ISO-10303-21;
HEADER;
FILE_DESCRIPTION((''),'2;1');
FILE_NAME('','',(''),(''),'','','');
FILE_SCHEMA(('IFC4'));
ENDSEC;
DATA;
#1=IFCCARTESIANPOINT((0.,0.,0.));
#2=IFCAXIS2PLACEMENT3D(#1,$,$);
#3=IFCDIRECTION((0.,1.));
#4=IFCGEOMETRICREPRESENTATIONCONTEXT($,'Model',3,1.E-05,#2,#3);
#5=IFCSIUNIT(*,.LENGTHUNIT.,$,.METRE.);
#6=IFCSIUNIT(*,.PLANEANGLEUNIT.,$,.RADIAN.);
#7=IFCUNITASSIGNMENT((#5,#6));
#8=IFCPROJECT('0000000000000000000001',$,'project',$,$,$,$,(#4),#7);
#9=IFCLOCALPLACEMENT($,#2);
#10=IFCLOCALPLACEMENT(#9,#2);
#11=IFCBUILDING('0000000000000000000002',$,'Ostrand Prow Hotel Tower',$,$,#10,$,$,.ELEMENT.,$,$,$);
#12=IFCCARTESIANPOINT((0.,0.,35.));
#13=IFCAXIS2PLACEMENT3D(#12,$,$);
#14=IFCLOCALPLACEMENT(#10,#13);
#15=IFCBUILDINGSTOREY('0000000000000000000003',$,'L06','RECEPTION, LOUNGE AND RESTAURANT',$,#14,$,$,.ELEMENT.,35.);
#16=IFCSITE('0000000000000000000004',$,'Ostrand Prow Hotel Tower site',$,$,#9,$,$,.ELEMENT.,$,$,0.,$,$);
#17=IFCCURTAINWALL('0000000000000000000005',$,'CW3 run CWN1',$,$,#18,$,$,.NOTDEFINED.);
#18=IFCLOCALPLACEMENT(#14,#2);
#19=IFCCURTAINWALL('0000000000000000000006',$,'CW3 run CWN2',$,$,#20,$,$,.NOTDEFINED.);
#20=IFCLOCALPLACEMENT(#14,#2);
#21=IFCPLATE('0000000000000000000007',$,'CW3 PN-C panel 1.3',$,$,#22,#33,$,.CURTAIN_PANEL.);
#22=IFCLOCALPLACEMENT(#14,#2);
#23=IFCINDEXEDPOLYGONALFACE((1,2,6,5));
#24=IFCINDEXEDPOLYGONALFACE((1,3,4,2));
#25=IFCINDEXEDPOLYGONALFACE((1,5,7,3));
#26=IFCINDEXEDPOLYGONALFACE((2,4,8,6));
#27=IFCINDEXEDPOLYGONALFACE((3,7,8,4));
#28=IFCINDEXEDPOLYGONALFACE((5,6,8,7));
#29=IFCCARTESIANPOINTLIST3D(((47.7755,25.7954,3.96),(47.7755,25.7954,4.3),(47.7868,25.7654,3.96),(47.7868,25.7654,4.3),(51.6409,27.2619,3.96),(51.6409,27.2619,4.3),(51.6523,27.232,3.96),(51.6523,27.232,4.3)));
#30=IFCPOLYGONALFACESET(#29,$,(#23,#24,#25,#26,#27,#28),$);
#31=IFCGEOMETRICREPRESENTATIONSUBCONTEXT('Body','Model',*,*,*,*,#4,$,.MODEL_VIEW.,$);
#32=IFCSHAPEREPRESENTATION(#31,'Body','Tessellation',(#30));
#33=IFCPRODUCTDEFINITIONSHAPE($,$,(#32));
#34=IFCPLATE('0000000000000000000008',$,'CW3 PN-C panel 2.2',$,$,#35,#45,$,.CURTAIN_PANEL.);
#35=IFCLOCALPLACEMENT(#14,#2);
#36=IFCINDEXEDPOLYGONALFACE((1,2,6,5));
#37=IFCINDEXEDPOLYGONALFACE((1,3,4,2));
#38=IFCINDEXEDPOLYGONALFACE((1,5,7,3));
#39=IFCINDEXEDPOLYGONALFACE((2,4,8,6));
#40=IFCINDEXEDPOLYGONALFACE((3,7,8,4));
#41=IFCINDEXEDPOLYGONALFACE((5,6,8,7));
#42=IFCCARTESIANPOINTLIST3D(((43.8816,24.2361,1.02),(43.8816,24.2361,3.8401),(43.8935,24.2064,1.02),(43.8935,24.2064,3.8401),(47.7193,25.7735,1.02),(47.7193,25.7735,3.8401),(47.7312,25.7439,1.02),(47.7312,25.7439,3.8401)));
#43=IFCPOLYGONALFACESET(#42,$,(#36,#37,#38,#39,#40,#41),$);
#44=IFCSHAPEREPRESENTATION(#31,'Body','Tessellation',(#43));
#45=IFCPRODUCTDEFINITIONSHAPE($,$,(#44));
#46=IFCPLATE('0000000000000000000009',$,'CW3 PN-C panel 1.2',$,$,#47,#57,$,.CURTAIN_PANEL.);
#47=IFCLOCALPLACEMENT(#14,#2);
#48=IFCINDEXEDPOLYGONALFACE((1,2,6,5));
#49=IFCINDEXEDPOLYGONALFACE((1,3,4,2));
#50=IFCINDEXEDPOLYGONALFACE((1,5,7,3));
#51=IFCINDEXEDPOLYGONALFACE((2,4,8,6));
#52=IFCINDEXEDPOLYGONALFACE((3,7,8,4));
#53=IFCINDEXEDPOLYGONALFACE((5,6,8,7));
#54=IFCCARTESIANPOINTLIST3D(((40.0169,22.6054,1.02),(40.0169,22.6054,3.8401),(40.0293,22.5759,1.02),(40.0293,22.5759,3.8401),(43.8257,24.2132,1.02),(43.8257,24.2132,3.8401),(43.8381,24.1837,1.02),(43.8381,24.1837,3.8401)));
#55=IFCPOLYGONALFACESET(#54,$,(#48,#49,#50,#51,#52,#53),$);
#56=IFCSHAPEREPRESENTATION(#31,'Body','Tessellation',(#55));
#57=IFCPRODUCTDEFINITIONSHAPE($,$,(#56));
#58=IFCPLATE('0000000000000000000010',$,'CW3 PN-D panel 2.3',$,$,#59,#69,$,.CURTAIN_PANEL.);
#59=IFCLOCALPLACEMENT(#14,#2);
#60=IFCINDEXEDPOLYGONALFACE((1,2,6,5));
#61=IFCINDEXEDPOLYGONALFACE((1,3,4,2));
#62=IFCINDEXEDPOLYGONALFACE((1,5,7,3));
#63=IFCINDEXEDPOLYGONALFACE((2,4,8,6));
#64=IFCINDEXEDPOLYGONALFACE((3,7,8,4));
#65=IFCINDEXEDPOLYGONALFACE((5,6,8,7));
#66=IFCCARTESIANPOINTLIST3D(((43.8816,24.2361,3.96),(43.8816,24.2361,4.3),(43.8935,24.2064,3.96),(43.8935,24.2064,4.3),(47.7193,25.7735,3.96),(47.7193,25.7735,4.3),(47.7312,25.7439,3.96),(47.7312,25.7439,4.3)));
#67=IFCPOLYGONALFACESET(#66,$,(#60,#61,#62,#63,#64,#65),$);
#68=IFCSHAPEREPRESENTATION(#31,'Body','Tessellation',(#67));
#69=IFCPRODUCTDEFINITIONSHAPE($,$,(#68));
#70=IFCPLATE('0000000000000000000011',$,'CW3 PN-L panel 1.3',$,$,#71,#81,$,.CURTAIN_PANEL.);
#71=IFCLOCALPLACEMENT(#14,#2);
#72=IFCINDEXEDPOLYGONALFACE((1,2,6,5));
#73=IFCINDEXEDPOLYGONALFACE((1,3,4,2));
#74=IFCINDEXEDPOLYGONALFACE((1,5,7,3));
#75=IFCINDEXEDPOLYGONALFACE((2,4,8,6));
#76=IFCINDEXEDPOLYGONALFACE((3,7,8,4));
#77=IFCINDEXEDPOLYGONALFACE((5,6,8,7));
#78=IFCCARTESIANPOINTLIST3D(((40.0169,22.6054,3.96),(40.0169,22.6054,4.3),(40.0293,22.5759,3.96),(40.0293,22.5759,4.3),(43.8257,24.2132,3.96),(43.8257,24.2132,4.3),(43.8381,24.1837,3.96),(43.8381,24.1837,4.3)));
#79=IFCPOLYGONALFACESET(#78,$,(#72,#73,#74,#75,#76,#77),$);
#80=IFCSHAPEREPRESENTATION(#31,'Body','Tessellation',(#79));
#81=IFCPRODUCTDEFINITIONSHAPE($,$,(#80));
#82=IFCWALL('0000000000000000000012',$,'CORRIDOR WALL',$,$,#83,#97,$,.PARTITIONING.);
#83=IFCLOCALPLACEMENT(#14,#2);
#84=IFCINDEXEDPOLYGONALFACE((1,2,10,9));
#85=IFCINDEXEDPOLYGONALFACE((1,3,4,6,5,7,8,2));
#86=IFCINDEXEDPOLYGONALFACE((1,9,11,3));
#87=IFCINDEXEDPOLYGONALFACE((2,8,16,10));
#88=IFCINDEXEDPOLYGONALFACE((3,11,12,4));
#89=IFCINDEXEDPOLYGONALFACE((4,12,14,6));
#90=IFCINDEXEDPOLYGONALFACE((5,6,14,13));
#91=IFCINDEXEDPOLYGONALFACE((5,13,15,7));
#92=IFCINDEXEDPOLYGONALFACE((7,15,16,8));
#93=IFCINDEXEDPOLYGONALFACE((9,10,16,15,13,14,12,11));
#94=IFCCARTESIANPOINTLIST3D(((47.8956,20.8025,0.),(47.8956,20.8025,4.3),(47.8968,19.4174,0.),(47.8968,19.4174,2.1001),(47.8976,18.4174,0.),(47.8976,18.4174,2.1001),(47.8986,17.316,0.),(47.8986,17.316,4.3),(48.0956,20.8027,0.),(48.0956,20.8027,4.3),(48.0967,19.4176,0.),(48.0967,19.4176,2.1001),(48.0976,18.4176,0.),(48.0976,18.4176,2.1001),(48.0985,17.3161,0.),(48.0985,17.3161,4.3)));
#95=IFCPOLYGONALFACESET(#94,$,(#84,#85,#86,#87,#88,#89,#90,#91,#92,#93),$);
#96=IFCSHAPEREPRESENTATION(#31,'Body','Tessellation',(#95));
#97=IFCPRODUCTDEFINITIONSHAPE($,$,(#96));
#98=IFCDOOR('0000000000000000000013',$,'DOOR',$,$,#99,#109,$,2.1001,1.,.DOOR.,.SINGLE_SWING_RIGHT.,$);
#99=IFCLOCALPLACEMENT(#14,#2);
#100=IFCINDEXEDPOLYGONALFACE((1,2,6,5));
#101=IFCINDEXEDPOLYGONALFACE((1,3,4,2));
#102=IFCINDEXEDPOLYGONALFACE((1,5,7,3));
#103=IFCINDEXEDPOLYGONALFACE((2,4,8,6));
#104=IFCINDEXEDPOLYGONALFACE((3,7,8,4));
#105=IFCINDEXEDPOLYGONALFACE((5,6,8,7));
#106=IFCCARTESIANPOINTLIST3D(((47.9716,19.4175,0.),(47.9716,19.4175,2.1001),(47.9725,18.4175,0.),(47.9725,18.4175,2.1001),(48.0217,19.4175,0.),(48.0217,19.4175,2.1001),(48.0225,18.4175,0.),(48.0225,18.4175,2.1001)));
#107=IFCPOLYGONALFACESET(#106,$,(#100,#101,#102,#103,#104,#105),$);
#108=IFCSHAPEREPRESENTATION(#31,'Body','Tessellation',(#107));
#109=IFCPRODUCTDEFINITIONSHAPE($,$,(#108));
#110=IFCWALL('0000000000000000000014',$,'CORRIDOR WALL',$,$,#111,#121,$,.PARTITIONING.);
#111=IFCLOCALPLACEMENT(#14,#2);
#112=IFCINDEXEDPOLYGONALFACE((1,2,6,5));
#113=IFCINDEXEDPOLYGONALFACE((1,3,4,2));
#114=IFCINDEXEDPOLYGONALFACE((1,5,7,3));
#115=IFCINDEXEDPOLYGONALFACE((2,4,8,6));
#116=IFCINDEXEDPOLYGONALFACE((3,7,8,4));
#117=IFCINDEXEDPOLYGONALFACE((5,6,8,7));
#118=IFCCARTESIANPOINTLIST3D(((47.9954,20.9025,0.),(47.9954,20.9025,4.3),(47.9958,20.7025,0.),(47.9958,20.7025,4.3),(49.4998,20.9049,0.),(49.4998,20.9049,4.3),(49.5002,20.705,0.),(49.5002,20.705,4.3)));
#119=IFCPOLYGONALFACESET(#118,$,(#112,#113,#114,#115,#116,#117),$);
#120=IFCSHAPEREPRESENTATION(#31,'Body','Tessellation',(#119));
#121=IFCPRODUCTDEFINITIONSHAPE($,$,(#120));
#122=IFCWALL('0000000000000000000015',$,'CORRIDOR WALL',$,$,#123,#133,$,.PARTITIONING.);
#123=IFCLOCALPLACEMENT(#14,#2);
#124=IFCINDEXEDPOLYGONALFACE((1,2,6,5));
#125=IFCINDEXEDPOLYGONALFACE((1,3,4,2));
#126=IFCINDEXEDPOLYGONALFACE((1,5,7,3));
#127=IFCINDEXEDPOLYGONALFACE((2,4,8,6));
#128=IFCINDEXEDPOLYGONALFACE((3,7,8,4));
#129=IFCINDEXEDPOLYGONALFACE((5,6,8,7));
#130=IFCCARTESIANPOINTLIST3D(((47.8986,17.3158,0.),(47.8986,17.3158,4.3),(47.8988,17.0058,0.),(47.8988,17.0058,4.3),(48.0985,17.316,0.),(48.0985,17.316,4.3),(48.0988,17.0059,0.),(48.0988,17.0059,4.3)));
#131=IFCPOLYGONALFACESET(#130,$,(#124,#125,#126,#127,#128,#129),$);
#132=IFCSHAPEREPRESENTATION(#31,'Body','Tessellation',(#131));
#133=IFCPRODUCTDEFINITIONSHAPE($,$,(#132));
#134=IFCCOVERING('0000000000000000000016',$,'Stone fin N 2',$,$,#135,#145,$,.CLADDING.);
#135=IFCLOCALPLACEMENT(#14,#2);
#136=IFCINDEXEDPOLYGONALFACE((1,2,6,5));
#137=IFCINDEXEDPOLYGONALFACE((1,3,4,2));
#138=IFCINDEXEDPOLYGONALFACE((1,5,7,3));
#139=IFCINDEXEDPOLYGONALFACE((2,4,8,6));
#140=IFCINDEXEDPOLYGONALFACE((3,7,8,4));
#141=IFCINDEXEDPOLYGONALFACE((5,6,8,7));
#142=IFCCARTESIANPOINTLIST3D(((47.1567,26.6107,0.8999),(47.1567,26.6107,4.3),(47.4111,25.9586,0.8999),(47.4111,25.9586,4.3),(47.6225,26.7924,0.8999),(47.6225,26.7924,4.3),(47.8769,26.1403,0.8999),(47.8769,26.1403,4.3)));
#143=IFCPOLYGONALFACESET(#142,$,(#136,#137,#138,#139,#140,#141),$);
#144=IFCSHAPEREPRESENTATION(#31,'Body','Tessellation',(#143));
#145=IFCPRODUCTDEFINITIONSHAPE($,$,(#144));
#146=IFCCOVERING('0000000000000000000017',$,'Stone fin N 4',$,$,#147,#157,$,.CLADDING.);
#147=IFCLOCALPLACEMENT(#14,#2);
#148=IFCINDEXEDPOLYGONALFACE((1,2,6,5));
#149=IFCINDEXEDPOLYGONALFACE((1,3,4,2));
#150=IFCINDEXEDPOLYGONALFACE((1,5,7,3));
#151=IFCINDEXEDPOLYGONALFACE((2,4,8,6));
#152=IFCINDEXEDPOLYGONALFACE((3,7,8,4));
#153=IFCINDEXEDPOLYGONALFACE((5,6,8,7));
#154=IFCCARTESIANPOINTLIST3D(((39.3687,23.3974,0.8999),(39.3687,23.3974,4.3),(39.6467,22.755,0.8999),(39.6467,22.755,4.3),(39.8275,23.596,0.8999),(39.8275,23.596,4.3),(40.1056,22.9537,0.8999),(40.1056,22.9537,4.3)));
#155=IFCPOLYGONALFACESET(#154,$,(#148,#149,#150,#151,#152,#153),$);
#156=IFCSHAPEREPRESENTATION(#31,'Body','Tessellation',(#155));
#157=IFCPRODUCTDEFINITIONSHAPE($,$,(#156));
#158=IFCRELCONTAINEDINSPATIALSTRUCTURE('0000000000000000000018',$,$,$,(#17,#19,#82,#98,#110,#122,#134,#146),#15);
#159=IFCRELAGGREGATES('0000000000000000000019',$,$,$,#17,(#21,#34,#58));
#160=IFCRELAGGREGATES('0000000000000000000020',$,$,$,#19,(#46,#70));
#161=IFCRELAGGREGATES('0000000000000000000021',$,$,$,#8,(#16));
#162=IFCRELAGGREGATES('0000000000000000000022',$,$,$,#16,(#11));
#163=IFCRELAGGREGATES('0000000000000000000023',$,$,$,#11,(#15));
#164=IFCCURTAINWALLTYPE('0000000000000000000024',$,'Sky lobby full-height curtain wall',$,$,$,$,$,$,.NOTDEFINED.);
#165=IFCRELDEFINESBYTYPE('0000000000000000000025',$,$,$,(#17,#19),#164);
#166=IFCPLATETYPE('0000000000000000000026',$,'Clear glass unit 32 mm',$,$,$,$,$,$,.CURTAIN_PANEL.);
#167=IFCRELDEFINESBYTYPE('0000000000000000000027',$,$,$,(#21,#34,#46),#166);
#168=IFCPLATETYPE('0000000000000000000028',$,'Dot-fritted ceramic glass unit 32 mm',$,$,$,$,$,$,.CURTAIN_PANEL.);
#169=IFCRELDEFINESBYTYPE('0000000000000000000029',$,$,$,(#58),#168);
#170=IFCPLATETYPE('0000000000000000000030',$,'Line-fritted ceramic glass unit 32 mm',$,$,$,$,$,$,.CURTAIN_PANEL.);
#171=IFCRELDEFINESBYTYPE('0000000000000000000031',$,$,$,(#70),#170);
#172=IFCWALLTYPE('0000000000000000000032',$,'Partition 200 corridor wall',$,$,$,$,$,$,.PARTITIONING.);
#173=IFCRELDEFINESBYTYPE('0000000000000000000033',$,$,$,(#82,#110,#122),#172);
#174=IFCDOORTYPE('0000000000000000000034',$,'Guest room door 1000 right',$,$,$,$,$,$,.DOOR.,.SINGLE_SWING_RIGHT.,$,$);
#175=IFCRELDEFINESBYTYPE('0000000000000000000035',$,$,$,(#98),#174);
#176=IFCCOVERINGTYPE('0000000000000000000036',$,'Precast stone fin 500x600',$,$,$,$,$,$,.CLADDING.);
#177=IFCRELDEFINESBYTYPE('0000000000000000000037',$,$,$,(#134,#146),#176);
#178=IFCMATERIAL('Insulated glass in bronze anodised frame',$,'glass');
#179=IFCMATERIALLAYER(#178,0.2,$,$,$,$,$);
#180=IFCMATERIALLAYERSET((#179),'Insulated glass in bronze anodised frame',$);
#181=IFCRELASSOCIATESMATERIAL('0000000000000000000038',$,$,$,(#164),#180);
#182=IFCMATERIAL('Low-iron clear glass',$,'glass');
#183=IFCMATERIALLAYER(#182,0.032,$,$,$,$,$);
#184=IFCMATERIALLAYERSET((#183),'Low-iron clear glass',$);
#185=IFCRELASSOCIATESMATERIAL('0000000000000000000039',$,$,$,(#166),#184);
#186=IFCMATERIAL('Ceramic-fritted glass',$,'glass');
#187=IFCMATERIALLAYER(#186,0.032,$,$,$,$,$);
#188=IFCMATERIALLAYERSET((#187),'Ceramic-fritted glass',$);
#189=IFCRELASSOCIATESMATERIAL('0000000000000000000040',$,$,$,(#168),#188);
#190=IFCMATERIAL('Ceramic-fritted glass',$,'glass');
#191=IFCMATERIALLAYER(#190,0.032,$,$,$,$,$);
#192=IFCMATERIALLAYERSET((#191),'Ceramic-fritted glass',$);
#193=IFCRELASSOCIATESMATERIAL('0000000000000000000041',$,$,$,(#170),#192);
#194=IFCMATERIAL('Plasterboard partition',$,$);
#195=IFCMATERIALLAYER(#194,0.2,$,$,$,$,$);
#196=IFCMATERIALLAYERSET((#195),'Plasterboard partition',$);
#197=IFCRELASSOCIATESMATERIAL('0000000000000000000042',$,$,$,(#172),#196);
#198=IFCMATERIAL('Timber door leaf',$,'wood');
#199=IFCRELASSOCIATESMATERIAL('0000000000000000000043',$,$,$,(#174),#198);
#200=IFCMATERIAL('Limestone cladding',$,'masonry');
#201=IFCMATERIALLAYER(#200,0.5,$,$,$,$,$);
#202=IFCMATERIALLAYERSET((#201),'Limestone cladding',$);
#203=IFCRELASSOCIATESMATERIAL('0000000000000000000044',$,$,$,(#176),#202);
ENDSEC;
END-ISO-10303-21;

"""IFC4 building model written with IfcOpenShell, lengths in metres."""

from ifc_helpers import new_model, si_unit, direction, frame, frame_2d, origin, origin_2d, place, context, subcontext, project, spatial, rectangle, extrude, material, layer, layer_set, type_object, element, fill, aggregate, save


model = new_model("IFC4")

# Units and contexts
model_context = context("Model", 3, precision=1e-05, world=origin(), true_north=direction((0.0, 1.0)))
body_context = subcontext(model_context, "Body", "Model", "MODEL_VIEW")
ifc_project = project(units=[si_unit("LENGTHUNIT", "METRE"), si_unit("PLANEANGLEUNIT", "RADIAN")], contexts=[model_context])

# Site, building, storey
site_placement = place(None, origin())
site = spatial("IfcSite", under=ifc_project, at=site_placement, Name="Ostrand Prow Hotel Tower site", CompositionType="ELEMENT", RefElevation=0.0)
building_placement = place(site_placement, origin())
building = spatial("IfcBuilding", under=site, at=building_placement, Name="Ostrand Prow Hotel Tower", CompositionType="ELEMENT")
storey_placement = place(building_placement, frame((0.0, 0.0, 35.0)))
storey = spatial("IfcBuildingStorey", under=building, at=storey_placement, Name="L06", Description="RECEPTION, LOUNGE AND RESTAURANT", CompositionType="ELEMENT", Elevation=35.0)

# Curtain wall
ifc_material_1 = material(Name="Insulated glass in bronze anodised frame", Category="glass")
ifc_layer_1 = layer(ifc_material_1, 0.2)
ifc_layer_set_1 = layer_set([ifc_layer_1], Name="Insulated glass in bronze anodised frame")
curtain_wall_type = type_object("IfcCurtainWallType", Name="Sky lobby full-height curtain wall", PredefinedType="NOTDEFINED", material=ifc_layer_set_1)
curtain_wall_1_placement = place(storey_placement, origin())
curtain_wall_1 = element("IfcCurtainWall", 1, at=curtain_wall_1_placement, inside=storey, type_object=curtain_wall_type, Name="CW3 run CWN1", PredefinedType="NOTDEFINED")

# Curtain wall
curtain_wall_2_placement = place(storey_placement, origin())
curtain_wall_2 = element("IfcCurtainWall", 2, at=curtain_wall_2_placement, inside=storey, type_object=curtain_wall_type, Name="CW3 run CWN2", PredefinedType="NOTDEFINED")

# Plates
ifc_material_2 = material(Name="Low-iron clear glass", Category="glass")
ifc_layer_2 = layer(ifc_material_2, 0.032)
ifc_layer_set_2 = layer_set([ifc_layer_2], Name="Low-iron clear glass")
plate_type_1 = type_object("IfcPlateType", Name="Clear glass unit 32 mm", PredefinedType="CURTAIN_PANEL", material=ifc_layer_set_2)
plate_1_placement = place(storey_placement, frame((49.7139, 26.5137, 3.96), z_axis=(0.0, 0.0, 1.0), x_axis=(-0.934969, -0.354728, 0.0)))
plate_1 = element("IfcPlate", 3, at=plate_1_placement, type_object=plate_type_1, Name="CW3 PN-C panel 1.3", PredefinedType="CURTAIN_PANEL", context=body_context, shape_type="SweptSolid", body=[
    extrude(rectangle(XDim=4.1343, YDim=0.032, at=origin_2d()), origin(), (0.0, 0.0, 1.0), 0.3401),
])
plate_2_placement = place(storey_placement, frame((45.8064, 24.99, 1.02), z_axis=(0.0, 0.0, 1.0), x_axis=(-0.928283, -0.371873, 0.0)))
plate_2 = element("IfcPlate", 4, at=plate_2_placement, type_object=plate_type_1, Name="CW3 PN-C panel 2.2", PredefinedType="CURTAIN_PANEL", context=body_context, shape_type="SweptSolid", body=[
    extrude(rectangle(XDim=4.1343, YDim=0.032, at=origin_2d()), origin(), (0.0, 0.0, 1.0), 2.8201),
])
plate_3_placement = place(storey_placement, frame((41.9275, 23.3945, 1.02), z_axis=(0.0, 0.0, 1.0), x_axis=(-0.921283, -0.388892, 0.0)))
plate_3 = element("IfcPlate", 5, at=plate_3_placement, type_object=plate_type_1, Name="CW3 PN-C panel 1.2", PredefinedType="CURTAIN_PANEL", context=body_context, shape_type="SweptSolid", body=[
    extrude(rectangle(XDim=4.1343, YDim=0.032, at=origin_2d()), origin(), (0.0, 0.0, 1.0), 2.8201),
])
ifc_material_3 = material(Name="Ceramic-fritted glass", Category="glass")
ifc_layer_3 = layer(ifc_material_3, 0.032)
ifc_layer_set_3 = layer_set([ifc_layer_3], Name="Ceramic-fritted glass")
plate_type_2 = type_object("IfcPlateType", Name="Dot-fritted ceramic glass unit 32 mm", PredefinedType="CURTAIN_PANEL", material=ifc_layer_set_3)
plate_4_placement = place(storey_placement, frame((45.8064, 24.99, 3.96), z_axis=(0.0, 0.0, 1.0), x_axis=(-0.928283, -0.371873, 0.0)))
plate_4 = element("IfcPlate", 6, at=plate_4_placement, type_object=plate_type_2, Name="CW3 PN-D panel 2.3", PredefinedType="CURTAIN_PANEL", context=body_context, shape_type="SweptSolid", body=[
    extrude(rectangle(XDim=4.1343, YDim=0.032, at=origin_2d()), origin(), (0.0, 0.0, 1.0), 0.3401),
])
aggregate(curtain_wall_1, [plate_1, plate_2, plate_4])
ifc_material_4 = material(Name="Ceramic-fritted glass", Category="glass")
ifc_layer_4 = layer(ifc_material_4, 0.032)
ifc_layer_set_4 = layer_set([ifc_layer_4], Name="Ceramic-fritted glass")
plate_type_3 = type_object("IfcPlateType", Name="Line-fritted ceramic glass unit 32 mm", PredefinedType="CURTAIN_PANEL", material=ifc_layer_set_4)
plate_5_placement = place(storey_placement, frame((41.9275, 23.3945, 3.96), z_axis=(0.0, 0.0, 1.0), x_axis=(-0.921283, -0.388892, 0.0)))
plate_5 = element("IfcPlate", 7, at=plate_5_placement, type_object=plate_type_3, Name="CW3 PN-L panel 1.3", PredefinedType="CURTAIN_PANEL", context=body_context, shape_type="SweptSolid", body=[
    extrude(rectangle(XDim=4.1343, YDim=0.032, at=origin_2d()), origin(), (0.0, 0.0, 1.0), 0.3401),
])
aggregate(curtain_wall_2, [plate_3, plate_5])

# Wall, opening, door
ifc_material_5 = material(Name="Plasterboard partition")
ifc_layer_5 = layer(ifc_material_5, 0.2)
ifc_layer_set_5 = layer_set([ifc_layer_5], Name="Plasterboard partition")
wall_type = type_object("IfcWallType", Name="Partition 200 corridor wall", PredefinedType="PARTITIONING", material=ifc_layer_set_5)
wall_1_placement = place(storey_placement, frame((47.9956, 20.8025, 0.0), z_axis=(0.0, 0.0, 1.0), x_axis=(0.00084, -1.0, 0.0)))
wall_1 = element("IfcWall", 8, at=wall_1_placement, inside=storey, type_object=wall_type, Name="CORRIDOR WALL", PredefinedType="PARTITIONING", context=body_context, shape_type="SweptSolid", body=[
    extrude(rectangle(XDim=3.4866, YDim=0.2, at=frame_2d((1.7432, 0.0))), origin(), (0.0, 0.0, 1.0), 4.3),
])
opening_placement = place(wall_1_placement, frame((1.385, 0.0, 0.0)))
opening = element("IfcOpeningElement", 9, at=opening_placement, cuts=wall_1, PredefinedType="OPENING", context=body_context, shape_type="SweptSolid", body=[
    extrude(rectangle(XDim=1.0, YDim=2.1001, at=frame_2d((0.5, 1.05))), frame((0.0, 0.1099, 0.0), z_axis=(0.0, -1.0, 0.0), x_axis=(1.0, 0.0, 0.0)), (0.0, 0.0, 1.0), 0.22),
])
ifc_material_6 = material(Name="Timber door leaf", Category="wood")
door_type = type_object("IfcDoorType", Name="Guest room door 1000 right", OperationType="SINGLE_SWING_RIGHT", PredefinedType="DOOR", material=ifc_material_6)
door_placement = place(opening_placement, origin())
door = element("IfcDoor", 10, at=door_placement, inside=storey, type_object=door_type, Name="DOOR", OperationType="SINGLE_SWING_RIGHT", OverallHeight=2.1001, OverallWidth=1.0, PredefinedType="DOOR", context=body_context, shape_type="SweptSolid", body=[
    extrude(rectangle(XDim=1.0, YDim=2.1001, at=frame_2d((0.5, 1.05))), frame((0.0, 0.0249, 0.0), z_axis=(0.0, -1.0, 0.0), x_axis=(1.0, 0.0, 0.0)), (0.0, 0.0, 1.0), 0.05),
])
fill(opening, door)

# Walls
wall_2_placement = place(storey_placement, frame((49.5, 20.8049, 0.0), z_axis=(0.0, 0.0, 1.0), x_axis=(-0.999999, -0.001623, 0.0)))
element("IfcWall", 11, at=wall_2_placement, inside=storey, type_object=wall_type, Name="CORRIDOR WALL", PredefinedType="PARTITIONING", context=body_context, shape_type="SweptSolid", body=[
    extrude(rectangle(XDim=1.5044, YDim=0.2, at=frame_2d((0.7522, 0.0))), origin(), (0.0, 0.0, 1.0), 4.3),
])
wall_3_placement = place(storey_placement, frame((47.9985, 17.3159, 0.0), z_axis=(0.0, 0.0, 1.0), x_axis=(0.000787, -1.0, 0.0)))
element("IfcWall", 12, at=wall_3_placement, inside=storey, type_object=wall_type, Name="CORRIDOR WALL", PredefinedType="PARTITIONING", context=body_context, shape_type="SweptSolid", body=[
    extrude(rectangle(XDim=0.3101, YDim=0.2, at=frame_2d((0.155, 0.0))), origin(), (0.0, 0.0, 1.0), 4.3),
])

# Coverings
ifc_material_7 = material(Name="Limestone cladding", Category="masonry")
ifc_layer_6 = layer(ifc_material_7, 0.5)
ifc_layer_set_6 = layer_set([ifc_layer_6], Name="Limestone cladding")
covering_type = type_object("IfcCoveringType", Name="Precast stone fin 500x600", PredefinedType="CLADDING", material=ifc_layer_set_6)
for number, where, z_axis, x_axis, name in (
    (13, (47.644, 26.0493, 0.8999), (0.0, 0.0, 1.0), (-0.363439, 0.931618, 0.0), "Stone fin N 2"),
    (14, (39.8762, 22.8542, 0.8999), (0.0, 0.0, 1.0), (-0.397284, 0.917696, 0.0), "Stone fin N 4"),
):
    element("IfcCovering", number, at=place(storey_placement, frame(where, z_axis=z_axis, x_axis=x_axis)), inside=storey, type_object=covering_type, Name=name, PredefinedType="CLADDING", context=body_context, shape_type="SweptSolid", body=[
        extrude(rectangle(XDim=0.7, YDim=0.5, at=frame_2d((0.3501, 0.0))), origin(), (0.0, 0.0, 1.0), 3.4001),
    ])

save(model, "model.ifc")
